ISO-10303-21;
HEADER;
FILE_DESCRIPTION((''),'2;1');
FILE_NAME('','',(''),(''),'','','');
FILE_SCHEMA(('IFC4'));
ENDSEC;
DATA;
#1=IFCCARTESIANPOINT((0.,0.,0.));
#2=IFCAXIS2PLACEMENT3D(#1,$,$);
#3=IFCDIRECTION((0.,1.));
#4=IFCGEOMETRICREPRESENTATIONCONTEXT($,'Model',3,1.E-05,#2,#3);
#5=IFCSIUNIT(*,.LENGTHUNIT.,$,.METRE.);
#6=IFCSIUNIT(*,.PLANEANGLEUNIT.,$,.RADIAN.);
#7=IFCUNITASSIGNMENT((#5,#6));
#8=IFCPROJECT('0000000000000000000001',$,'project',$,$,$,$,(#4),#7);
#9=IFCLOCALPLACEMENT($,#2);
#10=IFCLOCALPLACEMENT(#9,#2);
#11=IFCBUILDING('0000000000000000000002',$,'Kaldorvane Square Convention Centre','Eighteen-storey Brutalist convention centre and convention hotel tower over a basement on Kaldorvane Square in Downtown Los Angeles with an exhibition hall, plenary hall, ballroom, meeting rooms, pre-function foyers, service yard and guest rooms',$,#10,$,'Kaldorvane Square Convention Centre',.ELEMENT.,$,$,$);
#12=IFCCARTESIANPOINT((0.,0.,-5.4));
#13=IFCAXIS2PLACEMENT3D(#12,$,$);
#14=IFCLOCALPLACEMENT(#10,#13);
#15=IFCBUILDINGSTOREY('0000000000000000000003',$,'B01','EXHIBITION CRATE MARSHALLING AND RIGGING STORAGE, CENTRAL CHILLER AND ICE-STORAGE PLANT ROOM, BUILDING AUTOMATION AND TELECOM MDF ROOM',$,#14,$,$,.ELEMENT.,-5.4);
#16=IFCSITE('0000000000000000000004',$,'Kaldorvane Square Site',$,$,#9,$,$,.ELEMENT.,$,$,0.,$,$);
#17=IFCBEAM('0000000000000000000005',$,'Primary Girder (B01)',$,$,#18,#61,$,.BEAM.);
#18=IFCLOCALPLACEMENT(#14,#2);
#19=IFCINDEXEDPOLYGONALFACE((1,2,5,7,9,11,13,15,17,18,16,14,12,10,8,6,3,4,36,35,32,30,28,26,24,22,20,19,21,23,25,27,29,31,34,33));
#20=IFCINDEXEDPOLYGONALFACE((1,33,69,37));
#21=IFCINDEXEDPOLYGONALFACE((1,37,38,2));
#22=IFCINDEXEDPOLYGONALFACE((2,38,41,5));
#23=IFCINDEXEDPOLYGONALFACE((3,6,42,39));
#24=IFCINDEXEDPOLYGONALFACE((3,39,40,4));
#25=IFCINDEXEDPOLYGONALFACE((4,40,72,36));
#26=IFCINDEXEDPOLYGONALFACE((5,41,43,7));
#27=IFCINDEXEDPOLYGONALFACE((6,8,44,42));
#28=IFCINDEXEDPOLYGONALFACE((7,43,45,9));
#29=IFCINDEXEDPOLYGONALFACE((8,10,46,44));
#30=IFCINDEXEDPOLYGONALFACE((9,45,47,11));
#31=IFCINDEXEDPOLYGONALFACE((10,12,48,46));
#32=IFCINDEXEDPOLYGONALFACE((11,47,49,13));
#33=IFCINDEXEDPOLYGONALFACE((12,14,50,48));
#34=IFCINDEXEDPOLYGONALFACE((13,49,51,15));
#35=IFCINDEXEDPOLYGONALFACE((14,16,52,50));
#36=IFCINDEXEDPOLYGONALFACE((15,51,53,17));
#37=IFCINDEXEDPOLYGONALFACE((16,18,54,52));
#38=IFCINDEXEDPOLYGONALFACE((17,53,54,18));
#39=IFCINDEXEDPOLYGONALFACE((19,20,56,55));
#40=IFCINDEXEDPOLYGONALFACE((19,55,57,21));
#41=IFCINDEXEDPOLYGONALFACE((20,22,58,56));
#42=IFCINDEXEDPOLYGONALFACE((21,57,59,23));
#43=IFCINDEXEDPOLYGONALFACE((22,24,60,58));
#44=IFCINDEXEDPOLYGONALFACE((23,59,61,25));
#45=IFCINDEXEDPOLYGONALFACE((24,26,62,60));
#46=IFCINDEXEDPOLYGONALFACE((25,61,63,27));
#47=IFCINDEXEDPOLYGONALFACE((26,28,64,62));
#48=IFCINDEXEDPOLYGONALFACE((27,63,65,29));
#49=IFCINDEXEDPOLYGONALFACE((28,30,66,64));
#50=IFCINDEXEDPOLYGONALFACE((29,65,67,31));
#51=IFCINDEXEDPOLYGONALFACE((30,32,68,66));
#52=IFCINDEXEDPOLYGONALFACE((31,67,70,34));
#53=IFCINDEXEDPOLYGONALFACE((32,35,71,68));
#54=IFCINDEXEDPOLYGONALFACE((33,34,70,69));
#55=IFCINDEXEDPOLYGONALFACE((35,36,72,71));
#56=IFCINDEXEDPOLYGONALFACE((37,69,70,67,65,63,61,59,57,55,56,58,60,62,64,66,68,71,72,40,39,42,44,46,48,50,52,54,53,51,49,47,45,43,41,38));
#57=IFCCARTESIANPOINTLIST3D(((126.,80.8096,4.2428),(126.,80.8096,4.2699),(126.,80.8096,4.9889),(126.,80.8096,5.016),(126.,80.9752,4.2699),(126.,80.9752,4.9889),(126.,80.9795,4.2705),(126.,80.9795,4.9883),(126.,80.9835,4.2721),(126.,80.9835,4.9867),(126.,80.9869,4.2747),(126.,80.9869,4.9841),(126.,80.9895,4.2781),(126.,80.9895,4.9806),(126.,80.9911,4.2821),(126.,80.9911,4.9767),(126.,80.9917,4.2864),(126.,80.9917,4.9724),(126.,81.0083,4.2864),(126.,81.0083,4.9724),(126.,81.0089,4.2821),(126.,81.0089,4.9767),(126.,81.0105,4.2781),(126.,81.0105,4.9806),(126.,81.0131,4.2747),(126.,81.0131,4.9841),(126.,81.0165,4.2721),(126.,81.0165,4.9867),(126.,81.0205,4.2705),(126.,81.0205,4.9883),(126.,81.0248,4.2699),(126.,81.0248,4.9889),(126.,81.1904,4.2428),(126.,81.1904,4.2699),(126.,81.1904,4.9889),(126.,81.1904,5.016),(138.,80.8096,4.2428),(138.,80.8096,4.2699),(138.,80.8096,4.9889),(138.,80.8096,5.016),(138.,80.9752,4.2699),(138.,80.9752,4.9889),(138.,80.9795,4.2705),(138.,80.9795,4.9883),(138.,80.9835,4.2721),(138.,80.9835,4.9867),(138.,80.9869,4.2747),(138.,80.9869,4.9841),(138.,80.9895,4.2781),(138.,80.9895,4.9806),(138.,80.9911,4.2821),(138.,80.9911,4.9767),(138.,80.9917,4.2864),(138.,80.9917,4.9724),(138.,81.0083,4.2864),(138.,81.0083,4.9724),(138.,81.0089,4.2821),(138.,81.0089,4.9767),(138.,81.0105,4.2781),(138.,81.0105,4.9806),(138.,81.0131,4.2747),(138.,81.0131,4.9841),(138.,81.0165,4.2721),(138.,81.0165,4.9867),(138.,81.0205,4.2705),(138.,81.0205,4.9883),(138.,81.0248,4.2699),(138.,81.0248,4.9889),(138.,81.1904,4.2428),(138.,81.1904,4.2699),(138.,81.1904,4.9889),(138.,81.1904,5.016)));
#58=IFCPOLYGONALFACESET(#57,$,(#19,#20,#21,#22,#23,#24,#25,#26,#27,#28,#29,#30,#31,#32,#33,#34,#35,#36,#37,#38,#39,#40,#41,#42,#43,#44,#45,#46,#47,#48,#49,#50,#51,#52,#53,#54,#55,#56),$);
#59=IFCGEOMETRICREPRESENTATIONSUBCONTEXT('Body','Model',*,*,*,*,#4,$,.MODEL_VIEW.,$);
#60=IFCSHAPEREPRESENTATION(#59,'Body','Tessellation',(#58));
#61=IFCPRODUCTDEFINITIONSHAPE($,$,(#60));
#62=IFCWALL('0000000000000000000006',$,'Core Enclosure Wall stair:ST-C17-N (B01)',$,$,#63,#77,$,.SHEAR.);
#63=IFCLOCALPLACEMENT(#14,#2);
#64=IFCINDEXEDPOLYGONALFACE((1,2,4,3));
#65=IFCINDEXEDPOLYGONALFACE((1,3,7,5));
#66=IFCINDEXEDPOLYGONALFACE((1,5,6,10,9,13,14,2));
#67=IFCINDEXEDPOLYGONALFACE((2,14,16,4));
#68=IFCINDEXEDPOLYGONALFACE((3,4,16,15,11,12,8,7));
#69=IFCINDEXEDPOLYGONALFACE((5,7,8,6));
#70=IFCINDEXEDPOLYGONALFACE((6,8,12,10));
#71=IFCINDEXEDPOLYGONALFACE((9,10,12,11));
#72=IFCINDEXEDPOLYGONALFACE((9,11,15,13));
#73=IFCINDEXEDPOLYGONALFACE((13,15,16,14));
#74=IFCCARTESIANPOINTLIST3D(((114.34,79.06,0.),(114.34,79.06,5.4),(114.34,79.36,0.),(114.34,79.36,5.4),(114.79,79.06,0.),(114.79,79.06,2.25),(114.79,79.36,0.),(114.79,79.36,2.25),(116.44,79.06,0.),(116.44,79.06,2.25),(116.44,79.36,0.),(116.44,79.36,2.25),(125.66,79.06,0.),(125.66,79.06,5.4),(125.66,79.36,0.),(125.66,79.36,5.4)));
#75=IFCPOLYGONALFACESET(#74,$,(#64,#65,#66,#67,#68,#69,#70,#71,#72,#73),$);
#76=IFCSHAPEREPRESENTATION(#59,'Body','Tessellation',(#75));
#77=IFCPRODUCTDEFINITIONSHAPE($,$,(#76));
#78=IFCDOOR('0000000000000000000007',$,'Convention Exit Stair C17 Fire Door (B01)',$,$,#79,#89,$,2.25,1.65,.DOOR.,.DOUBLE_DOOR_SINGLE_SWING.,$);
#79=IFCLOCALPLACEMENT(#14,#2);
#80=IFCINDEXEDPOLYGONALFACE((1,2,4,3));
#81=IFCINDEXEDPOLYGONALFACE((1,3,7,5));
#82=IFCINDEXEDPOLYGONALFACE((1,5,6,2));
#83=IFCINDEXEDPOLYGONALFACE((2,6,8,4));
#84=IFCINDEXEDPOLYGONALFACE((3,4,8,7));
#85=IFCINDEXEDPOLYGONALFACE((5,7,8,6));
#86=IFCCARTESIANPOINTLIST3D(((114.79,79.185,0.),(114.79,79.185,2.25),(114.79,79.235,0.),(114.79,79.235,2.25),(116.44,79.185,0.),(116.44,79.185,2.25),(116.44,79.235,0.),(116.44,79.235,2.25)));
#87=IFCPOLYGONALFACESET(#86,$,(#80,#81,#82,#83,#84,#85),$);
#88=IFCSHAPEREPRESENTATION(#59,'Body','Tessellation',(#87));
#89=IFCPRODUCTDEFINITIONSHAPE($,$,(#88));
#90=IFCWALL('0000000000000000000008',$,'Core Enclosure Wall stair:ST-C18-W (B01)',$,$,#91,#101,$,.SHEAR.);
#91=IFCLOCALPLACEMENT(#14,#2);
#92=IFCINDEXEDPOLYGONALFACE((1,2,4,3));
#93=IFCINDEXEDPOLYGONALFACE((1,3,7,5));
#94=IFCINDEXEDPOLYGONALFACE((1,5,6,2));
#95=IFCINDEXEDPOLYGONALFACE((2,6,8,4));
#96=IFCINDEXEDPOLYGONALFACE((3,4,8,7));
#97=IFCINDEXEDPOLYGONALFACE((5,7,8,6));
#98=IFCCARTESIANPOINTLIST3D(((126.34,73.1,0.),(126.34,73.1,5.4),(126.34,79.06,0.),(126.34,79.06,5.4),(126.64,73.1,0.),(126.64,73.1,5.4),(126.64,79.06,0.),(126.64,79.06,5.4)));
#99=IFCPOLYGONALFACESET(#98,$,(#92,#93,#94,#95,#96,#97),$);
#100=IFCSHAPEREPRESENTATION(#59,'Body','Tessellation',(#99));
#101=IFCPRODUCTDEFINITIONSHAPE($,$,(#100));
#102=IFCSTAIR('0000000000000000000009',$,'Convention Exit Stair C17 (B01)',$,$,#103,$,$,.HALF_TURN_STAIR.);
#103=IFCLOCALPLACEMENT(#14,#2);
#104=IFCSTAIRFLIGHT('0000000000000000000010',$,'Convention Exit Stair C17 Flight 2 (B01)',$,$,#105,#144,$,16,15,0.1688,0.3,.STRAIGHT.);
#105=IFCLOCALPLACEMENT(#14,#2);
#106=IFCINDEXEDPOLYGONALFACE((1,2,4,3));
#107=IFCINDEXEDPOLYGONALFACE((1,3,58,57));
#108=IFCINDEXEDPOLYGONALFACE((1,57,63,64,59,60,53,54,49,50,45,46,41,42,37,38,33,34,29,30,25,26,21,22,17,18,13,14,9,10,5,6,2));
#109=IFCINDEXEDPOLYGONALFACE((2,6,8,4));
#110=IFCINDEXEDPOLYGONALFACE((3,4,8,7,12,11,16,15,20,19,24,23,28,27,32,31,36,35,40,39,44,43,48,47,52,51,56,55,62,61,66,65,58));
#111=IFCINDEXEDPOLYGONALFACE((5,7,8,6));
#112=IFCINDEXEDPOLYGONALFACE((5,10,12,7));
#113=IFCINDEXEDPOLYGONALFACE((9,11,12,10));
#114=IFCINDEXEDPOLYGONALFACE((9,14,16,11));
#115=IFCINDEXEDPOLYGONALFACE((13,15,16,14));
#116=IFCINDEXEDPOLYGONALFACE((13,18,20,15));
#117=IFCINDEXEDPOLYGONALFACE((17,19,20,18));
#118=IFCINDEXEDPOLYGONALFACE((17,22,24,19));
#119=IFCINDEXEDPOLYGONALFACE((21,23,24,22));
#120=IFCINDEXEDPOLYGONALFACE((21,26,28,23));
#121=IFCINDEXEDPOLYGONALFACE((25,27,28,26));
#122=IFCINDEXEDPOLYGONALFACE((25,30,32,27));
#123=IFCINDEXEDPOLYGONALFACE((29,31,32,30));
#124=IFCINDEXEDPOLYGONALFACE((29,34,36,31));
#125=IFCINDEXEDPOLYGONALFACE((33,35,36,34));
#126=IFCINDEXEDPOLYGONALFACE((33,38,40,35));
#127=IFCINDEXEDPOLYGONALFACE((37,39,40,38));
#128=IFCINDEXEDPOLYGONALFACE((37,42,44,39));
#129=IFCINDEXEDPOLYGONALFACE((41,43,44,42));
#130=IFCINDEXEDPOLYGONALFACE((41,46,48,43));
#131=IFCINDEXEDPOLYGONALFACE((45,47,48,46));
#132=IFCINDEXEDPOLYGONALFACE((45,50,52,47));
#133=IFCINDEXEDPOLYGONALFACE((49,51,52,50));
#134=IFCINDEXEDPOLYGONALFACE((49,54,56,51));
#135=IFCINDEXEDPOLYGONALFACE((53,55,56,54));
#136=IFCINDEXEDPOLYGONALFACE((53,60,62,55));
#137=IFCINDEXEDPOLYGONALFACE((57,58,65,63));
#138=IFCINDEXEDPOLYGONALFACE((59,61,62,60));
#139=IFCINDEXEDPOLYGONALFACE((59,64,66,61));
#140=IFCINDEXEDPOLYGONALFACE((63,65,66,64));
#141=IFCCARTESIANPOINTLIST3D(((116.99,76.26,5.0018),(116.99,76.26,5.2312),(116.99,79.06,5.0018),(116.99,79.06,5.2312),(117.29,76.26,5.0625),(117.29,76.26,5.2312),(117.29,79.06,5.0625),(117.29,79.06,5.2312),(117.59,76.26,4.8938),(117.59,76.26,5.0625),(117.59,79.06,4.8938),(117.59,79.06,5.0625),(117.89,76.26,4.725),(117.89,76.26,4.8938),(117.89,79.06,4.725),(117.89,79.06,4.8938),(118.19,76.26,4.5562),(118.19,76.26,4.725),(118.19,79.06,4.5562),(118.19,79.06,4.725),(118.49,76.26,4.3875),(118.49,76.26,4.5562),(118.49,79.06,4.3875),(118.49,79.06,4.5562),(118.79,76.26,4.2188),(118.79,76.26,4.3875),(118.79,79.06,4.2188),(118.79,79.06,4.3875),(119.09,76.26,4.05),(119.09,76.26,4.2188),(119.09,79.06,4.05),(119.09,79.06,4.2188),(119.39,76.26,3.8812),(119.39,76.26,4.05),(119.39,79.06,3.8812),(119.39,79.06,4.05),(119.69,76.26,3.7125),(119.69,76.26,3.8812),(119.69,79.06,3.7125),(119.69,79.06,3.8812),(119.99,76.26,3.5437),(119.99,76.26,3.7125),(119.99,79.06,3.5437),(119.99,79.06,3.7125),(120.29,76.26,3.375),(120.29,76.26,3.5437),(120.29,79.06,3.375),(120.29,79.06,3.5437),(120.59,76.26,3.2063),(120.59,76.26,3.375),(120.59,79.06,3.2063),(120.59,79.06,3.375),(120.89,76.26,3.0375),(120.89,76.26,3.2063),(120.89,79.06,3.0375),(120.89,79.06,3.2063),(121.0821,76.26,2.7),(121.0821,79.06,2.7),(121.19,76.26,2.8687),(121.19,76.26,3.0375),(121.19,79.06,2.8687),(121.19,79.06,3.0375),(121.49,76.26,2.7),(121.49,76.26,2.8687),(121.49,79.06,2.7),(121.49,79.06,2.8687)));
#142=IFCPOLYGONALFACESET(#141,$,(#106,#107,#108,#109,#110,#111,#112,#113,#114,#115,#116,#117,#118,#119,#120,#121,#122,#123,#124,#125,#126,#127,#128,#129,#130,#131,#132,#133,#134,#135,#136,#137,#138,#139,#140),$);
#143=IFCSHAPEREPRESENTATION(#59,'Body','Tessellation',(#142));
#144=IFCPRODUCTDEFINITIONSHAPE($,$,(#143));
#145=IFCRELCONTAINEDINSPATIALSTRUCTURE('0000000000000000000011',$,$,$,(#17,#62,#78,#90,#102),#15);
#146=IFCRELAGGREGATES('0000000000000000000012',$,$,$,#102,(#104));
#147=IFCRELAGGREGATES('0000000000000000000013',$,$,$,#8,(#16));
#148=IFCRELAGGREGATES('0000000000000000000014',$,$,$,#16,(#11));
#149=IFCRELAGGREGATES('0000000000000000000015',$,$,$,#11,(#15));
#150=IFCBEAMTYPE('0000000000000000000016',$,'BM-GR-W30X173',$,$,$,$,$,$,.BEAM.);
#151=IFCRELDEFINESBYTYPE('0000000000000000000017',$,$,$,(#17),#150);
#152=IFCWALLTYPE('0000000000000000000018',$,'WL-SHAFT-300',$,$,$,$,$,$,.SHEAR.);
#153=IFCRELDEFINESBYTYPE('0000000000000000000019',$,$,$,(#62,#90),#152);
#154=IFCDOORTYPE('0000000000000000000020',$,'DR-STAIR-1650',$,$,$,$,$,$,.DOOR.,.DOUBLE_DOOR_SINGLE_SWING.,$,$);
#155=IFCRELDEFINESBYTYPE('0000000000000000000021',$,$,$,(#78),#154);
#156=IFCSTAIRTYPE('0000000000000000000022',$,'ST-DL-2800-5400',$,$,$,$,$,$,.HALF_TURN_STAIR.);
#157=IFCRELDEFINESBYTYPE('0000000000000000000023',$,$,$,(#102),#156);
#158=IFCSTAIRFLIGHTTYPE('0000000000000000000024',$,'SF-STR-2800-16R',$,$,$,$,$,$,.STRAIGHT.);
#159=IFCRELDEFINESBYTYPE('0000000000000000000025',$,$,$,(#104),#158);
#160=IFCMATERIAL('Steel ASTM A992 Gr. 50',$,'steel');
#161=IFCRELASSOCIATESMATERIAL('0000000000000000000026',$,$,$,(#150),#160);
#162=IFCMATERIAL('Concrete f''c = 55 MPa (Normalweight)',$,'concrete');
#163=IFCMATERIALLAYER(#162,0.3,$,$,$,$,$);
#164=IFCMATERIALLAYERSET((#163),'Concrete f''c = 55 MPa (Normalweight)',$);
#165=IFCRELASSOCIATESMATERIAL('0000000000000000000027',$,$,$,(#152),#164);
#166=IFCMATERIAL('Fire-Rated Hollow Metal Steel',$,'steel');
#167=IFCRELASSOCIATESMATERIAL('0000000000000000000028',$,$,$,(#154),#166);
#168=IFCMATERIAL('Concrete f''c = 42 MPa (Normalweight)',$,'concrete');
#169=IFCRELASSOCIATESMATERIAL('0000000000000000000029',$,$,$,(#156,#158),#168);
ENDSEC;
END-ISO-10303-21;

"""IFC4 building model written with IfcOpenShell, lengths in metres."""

from ifc_helpers import new_model, si_unit, direction, frame, frame_2d, origin, origin_2d, place, context, subcontext, project, spatial, polyline, rectangle, i_section, outline, extrude, material, layer, layer_set, material_profile, profile_set, type_object, element, fill, aggregate, save


model = new_model("IFC4")

# Units and contexts
model_context = context("Model", 3, precision=1e-05, world=origin(), true_north=direction((0.0, 1.0)))
body_context = subcontext(model_context, "Body", "Model", "MODEL_VIEW")
ifc_project = project(units=[si_unit("LENGTHUNIT", "METRE"), si_unit("PLANEANGLEUNIT", "RADIAN")], contexts=[model_context])

# Site, building, storey
site_placement = place(None, origin())
site = spatial("IfcSite", under=ifc_project, at=site_placement, Name="Kaldorvane Square Site", CompositionType="ELEMENT", RefElevation=0.0)
building_placement = place(site_placement, origin())
building = spatial("IfcBuilding", under=site, at=building_placement, Name="Kaldorvane Square Convention Centre", Description="Eighteen-storey Brutalist convention centre and convention hotel tower over a basement on Kaldorvane Square in Downtown Los Angeles with an exhibition hall, plenary hall, ballroom, meeting rooms, pre-function foyers, service yard and guest rooms", LongName="Kaldorvane Square Convention Centre", CompositionType="ELEMENT")
storey_placement = place(building_placement, frame((0.0, 0.0, -5.4)))
storey = spatial("IfcBuildingStorey", under=building, at=storey_placement, Name="B01", Description="EXHIBITION CRATE MARSHALLING AND RIGGING STORAGE, CENTRAL CHILLER AND ICE-STORAGE PLANT ROOM, BUILDING AUTOMATION AND TELECOM MDF ROOM", CompositionType="ELEMENT", Elevation=-5.4)

# Shared definitions
ifc_material_1 = material(Name="Concrete f'c = 42 MPa (Normalweight)", Category="concrete")

# Shared definitions
ifc_material_2 = material(Name="Steel ASTM A992 Gr. 50", Category="steel")

# Beam
ifc_material_profile_1 = material_profile(ifc_material_2, i_section(OverallWidth=0.3807, OverallDepth=0.7732, WebThickness=0.0166, FlangeThickness=0.0271, FilletRadius=0.0165, at=origin_2d()), Name="W30X173")
ifc_profile_set_1 = profile_set([ifc_material_profile_1], Name="Steel ASTM A992 Gr. 50")
beam_type_1 = type_object("IfcBeamType", Name="BM-GR-W30X173", PredefinedType="BEAM", material=ifc_profile_set_1)
beam_1_placement = place(storey_placement, frame((126.0, 81.0, 4.6294), z_axis=(1.0, 0.0, 0.0), x_axis=(0.0, 1.0, 0.0)))
element("IfcBeam", 1, at=beam_1_placement, inside=storey, type_object=beam_type_1, Name="Primary Girder (B01)", PredefinedType="BEAM", context=body_context, shape_type="SweptSolid", body=[
    extrude(i_section(OverallWidth=0.3807, OverallDepth=0.7732, WebThickness=0.0166, FlangeThickness=0.0271, FilletRadius=0.0165, at=origin_2d()), origin(), (0.0, 0.0, 1.0), 12.0),
])

# Wall, opening, door
ifc_material_3 = material(Name="Concrete f'c = 55 MPa (Normalweight)", Category="concrete")
ifc_layer = layer(ifc_material_3, 0.3)
ifc_layer_set = layer_set([ifc_layer], Name="Concrete f'c = 55 MPa (Normalweight)")
wall_type = type_object("IfcWallType", Name="WL-SHAFT-300", PredefinedType="SHEAR", material=ifc_layer_set)
wall_1_placement = place(storey_placement, frame((125.66, 79.21, 0.0), z_axis=(0.0, 0.0, 1.0), x_axis=(-1.0, 0.0, 0.0)))
wall_1 = element("IfcWall", 2, at=wall_1_placement, inside=storey, type_object=wall_type, Name="Core Enclosure Wall stair:ST-C17-N (B01)", PredefinedType="SHEAR", context=body_context, shape_type="SweptSolid", body=[
    extrude(rectangle(XDim=11.32, YDim=0.3, at=frame_2d((5.66, 0.0))), origin(), (0.0, 0.0, 1.0), 5.4),
])
opening_placement = place(wall_1_placement, frame((9.22, 0.0, 0.0)))
opening = element("IfcOpeningElement", 3, at=opening_placement, cuts=wall_1, PredefinedType="OPENING", context=body_context, shape_type="SweptSolid", body=[
    extrude(rectangle(XDim=1.65, YDim=2.25, at=frame_2d((0.825, 1.125))), frame((0.0, 0.165, 0.0), z_axis=(0.0, -1.0, 0.0), x_axis=(1.0, 0.0, 0.0)), (0.0, 0.0, 1.0), 0.33),
])
ifc_material_4 = material(Name="Fire-Rated Hollow Metal Steel", Category="steel")
door_type = type_object("IfcDoorType", Name="DR-STAIR-1650", OperationType="DOUBLE_DOOR_SINGLE_SWING", PredefinedType="DOOR", material=ifc_material_4)
door_placement = place(opening_placement, origin())
door = element("IfcDoor", 4, at=door_placement, inside=storey, type_object=door_type, Name="Convention Exit Stair C17 Fire Door (B01)", OperationType="DOUBLE_DOOR_SINGLE_SWING", OverallHeight=2.25, OverallWidth=1.65, PredefinedType="DOOR", context=body_context, shape_type="SweptSolid", body=[
    extrude(rectangle(XDim=1.65, YDim=2.25, at=frame_2d((0.825, 1.125))), frame((0.0, 0.025, 0.0), z_axis=(0.0, -1.0, 0.0), x_axis=(1.0, 0.0, 0.0)), (0.0, 0.0, 1.0), 0.05),
])
fill(opening, door)

# Wall
wall_2_placement = place(storey_placement, frame((126.49, 79.06, 0.0), z_axis=(0.0, 0.0, 1.0), x_axis=(0.0, -1.0, 0.0)))
element("IfcWall", 5, at=wall_2_placement, inside=storey, type_object=wall_type, Name="Core Enclosure Wall stair:ST-C18-W (B01)", PredefinedType="SHEAR", context=body_context, shape_type="SweptSolid", body=[
    extrude(rectangle(XDim=5.96, YDim=0.3, at=frame_2d((2.98, 0.0))), origin(), (0.0, 0.0, 1.0), 5.4),
])

# Stair, stair flight
stair_type = type_object("IfcStairType", Name="ST-DL-2800-5400", PredefinedType="HALF_TURN_STAIR", material=ifc_material_1)
stair_placement = place(storey_placement, origin())
stair = element("IfcStair", 6, at=stair_placement, inside=storey, type_object=stair_type, Name="Convention Exit Stair C17 (B01)", PredefinedType="HALF_TURN_STAIR")
stair_flight_type = type_object("IfcStairFlightType", Name="SF-STR-2800-16R", PredefinedType="STRAIGHT", material=ifc_material_1)
stair_flight_placement = place(storey_placement, frame((121.49, 77.66, 2.7), z_axis=(0.0, 0.0, 1.0), x_axis=(-1.0, 0.0, 0.0)))
stair_flight = element("IfcStairFlight", 7, at=stair_flight_placement, type_object=stair_flight_type, Name="Convention Exit Stair C17 Flight 2 (B01)", NumberOfRisers=16, NumberOfTreads=15, PredefinedType="STRAIGHT", RiserHeight=0.1688, TreadLength=0.3, context=body_context, shape_type="SweptSolid", body=[
    extrude(outline(polyline([(0.0, 0.0), (0.0, 0.1687), (0.3, 0.1687), (0.3, 0.3375), (0.6, 0.3375), (0.6, 0.5063), (0.9, 0.5063), (0.9, 0.675), (1.2, 0.675), (1.2, 0.8438), (1.5, 0.8438), (1.5, 1.0125), (1.8, 1.0125), (1.8, 1.1812), (2.1, 1.1812), (2.1, 1.35), (2.4, 1.35), (2.4, 1.5188), (2.7, 1.5188), (2.7, 1.6875), (3.0, 1.6875), (3.0, 1.8562), (3.3, 1.8562), (3.3, 2.025), (3.6, 2.025), (3.6, 2.1938), (3.9, 2.1938), (3.9, 2.3625), (4.2, 2.3625), (4.2, 2.5312), (4.5, 2.5312), (4.5, 2.7), (4.5, 2.3018), (0.4079, 0.0), (0.0, 0.0)])), frame((0.0, 1.4, 0.0), z_axis=(0.0, -1.0, 0.0), x_axis=(1.0, 0.0, 0.0)), (0.0, 0.0, 1.0), 2.8),
])
aggregate(stair, [stair_flight])

save(model, "model.ifc")
